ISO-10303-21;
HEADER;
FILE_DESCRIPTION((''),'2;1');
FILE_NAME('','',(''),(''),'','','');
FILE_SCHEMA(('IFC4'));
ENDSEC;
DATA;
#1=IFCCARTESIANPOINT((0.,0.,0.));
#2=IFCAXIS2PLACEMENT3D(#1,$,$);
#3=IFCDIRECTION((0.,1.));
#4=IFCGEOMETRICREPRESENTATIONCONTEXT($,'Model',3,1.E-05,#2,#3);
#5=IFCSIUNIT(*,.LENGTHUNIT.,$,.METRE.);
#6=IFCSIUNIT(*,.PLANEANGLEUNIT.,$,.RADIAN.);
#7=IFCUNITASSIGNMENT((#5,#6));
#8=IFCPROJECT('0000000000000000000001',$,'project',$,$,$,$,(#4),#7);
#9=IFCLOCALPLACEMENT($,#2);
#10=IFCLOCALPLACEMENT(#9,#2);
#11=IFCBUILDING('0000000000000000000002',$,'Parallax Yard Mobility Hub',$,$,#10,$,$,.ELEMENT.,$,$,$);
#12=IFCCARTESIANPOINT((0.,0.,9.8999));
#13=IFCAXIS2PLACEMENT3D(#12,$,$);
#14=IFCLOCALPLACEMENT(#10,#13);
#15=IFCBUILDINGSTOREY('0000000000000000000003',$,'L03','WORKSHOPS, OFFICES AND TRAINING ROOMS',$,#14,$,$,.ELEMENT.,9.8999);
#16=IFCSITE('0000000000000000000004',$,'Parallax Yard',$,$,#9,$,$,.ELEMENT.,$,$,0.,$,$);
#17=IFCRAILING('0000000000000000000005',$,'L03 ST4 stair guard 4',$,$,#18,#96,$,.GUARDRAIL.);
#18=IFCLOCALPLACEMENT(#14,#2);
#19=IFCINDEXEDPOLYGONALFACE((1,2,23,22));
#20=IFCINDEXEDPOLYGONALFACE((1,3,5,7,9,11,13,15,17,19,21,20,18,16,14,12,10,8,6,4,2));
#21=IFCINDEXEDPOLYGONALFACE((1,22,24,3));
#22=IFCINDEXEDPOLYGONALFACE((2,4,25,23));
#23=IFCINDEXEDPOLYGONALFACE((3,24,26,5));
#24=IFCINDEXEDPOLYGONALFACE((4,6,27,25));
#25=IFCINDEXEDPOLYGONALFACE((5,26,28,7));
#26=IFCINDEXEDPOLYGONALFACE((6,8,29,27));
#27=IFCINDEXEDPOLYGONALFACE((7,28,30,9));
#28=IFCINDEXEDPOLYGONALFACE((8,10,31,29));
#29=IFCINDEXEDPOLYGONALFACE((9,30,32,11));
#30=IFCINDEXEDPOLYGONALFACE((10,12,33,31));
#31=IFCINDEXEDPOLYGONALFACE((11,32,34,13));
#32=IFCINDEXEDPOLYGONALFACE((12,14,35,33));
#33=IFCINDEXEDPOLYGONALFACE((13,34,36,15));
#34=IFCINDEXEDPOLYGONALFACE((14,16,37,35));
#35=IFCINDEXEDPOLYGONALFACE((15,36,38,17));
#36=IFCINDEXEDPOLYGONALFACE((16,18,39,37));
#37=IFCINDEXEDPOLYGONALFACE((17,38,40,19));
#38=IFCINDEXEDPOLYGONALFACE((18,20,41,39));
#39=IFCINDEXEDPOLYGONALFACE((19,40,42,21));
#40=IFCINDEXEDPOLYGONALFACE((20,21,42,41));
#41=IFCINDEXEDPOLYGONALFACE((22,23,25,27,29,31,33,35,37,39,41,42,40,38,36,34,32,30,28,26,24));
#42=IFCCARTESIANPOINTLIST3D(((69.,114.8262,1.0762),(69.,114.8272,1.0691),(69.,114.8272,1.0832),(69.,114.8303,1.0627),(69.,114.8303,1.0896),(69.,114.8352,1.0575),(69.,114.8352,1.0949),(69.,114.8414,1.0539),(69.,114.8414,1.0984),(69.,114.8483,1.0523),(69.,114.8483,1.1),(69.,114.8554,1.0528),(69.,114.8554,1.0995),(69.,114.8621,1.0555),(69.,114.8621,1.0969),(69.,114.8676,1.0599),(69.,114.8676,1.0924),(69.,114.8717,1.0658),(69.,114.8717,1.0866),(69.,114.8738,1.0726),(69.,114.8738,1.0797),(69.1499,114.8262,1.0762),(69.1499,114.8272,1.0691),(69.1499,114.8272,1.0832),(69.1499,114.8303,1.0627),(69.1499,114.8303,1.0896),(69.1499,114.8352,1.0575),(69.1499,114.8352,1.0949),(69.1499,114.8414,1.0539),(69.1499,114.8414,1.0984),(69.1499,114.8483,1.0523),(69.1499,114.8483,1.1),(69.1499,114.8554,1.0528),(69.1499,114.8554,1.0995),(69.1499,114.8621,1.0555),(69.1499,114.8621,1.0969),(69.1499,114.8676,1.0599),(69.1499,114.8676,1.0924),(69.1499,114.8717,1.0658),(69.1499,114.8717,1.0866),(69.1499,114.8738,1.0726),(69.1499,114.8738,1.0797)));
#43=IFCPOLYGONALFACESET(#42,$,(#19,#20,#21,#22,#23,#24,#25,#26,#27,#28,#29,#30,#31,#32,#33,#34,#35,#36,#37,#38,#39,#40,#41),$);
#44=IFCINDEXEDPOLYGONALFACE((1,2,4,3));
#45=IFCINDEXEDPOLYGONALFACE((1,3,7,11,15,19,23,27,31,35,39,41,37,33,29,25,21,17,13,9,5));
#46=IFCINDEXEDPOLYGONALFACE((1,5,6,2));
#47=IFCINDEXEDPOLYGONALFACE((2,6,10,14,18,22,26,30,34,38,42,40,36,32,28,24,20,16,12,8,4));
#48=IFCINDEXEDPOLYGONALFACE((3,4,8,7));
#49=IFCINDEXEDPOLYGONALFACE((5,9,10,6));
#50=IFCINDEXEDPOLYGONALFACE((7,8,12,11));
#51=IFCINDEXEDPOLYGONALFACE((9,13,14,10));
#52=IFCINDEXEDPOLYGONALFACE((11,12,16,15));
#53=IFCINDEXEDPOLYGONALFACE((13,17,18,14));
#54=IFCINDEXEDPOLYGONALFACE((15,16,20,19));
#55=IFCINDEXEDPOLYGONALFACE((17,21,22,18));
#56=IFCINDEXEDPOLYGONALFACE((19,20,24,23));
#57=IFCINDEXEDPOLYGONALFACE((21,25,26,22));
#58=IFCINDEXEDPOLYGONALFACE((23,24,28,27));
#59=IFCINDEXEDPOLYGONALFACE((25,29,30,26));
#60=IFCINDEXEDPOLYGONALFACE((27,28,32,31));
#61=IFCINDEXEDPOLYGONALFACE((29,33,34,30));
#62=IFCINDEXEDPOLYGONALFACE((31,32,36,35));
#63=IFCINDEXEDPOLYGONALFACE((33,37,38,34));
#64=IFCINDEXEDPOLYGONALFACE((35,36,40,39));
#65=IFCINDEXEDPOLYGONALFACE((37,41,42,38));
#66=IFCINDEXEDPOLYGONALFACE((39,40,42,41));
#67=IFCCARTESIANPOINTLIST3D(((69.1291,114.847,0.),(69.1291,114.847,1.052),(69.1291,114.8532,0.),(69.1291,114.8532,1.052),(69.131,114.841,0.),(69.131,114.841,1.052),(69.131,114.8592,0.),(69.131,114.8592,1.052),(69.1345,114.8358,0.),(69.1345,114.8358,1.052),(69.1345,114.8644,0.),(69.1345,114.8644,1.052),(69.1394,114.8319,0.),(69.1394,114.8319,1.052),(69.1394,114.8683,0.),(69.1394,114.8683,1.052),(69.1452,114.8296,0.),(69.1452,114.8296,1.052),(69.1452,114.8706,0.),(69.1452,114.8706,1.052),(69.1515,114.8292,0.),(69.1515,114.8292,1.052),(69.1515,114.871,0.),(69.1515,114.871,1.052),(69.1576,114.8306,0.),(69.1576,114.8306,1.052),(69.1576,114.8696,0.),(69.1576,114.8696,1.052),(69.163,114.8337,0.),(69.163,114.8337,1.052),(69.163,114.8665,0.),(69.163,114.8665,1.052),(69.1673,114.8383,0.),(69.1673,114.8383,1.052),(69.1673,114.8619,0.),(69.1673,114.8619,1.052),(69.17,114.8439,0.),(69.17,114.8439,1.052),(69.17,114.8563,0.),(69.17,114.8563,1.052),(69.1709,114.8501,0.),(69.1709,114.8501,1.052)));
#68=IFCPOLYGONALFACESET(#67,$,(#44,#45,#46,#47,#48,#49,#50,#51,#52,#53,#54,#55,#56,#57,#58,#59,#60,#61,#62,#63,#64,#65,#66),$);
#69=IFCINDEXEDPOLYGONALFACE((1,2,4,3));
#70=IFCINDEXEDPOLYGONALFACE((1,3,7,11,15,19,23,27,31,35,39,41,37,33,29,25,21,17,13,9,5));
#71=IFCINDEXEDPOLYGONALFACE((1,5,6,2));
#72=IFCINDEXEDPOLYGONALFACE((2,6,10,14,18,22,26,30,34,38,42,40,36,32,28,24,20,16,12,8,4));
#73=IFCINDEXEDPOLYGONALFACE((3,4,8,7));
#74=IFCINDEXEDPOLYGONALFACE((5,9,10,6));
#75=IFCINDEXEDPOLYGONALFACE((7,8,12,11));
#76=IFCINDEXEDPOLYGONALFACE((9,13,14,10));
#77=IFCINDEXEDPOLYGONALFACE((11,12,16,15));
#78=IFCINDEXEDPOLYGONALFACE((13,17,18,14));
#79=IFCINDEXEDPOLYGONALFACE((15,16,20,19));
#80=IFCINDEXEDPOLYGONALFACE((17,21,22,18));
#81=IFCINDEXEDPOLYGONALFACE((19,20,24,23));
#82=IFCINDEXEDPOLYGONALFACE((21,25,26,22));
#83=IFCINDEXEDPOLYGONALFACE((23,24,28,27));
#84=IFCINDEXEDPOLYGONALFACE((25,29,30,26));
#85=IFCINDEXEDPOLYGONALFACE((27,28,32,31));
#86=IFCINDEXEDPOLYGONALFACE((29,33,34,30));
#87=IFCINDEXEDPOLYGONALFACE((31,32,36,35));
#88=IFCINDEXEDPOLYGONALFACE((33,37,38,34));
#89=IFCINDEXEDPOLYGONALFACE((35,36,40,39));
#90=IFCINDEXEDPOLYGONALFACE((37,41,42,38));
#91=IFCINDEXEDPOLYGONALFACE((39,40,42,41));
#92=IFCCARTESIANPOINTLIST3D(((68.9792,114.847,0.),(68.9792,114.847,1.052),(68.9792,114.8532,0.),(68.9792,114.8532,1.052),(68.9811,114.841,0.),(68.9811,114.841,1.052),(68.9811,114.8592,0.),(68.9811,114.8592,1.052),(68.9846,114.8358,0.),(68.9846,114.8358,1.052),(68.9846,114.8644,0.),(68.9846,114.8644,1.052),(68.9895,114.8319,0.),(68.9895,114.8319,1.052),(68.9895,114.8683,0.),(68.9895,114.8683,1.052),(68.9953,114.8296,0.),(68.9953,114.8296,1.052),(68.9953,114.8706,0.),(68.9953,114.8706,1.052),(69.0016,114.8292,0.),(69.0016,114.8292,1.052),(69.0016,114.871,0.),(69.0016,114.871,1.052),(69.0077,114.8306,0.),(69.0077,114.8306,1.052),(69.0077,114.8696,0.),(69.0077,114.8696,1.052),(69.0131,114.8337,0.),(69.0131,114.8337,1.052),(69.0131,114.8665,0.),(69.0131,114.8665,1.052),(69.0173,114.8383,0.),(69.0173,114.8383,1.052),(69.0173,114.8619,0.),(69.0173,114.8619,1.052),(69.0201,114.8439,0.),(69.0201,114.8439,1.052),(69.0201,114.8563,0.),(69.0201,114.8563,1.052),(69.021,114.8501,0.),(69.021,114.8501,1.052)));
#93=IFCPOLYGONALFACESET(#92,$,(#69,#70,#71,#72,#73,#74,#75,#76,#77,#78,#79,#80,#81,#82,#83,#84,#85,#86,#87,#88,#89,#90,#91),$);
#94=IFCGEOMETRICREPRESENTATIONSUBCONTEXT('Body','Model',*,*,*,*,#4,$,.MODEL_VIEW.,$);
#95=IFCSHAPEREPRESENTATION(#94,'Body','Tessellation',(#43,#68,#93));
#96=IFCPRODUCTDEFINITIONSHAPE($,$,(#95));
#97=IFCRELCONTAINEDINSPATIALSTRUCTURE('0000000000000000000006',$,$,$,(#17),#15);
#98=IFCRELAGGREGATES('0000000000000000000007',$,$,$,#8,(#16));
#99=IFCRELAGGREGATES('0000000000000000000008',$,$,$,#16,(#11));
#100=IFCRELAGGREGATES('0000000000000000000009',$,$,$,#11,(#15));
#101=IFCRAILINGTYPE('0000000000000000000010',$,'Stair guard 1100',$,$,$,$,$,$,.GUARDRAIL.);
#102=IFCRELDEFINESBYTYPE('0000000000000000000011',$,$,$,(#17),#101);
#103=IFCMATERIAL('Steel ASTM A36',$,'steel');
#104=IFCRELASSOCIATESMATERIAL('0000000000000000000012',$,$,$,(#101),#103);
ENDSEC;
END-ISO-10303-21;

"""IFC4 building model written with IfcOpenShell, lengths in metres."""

from ifc_helpers import new_model, si_unit, direction, frame, origin, origin_2d, place, context, subcontext, project, spatial, circle, extrude, material, type_object, element, save


model = new_model("IFC4")

# Units and contexts
model_context = context("Model", 3, precision=1e-05, world=origin(), true_north=direction((0.0, 1.0)))
body_context = subcontext(model_context, "Body", "Model", "MODEL_VIEW")
ifc_project = project(units=[si_unit("LENGTHUNIT", "METRE"), si_unit("PLANEANGLEUNIT", "RADIAN")], contexts=[model_context])

# Site, building, storey
site_placement = place(None, origin())
site = spatial("IfcSite", under=ifc_project, at=site_placement, Name="Parallax Yard", CompositionType="ELEMENT", RefElevation=0.0)
building_placement = place(site_placement, origin())
building = spatial("IfcBuilding", under=site, at=building_placement, Name="Parallax Yard Mobility Hub", CompositionType="ELEMENT")
storey_placement = place(building_placement, frame((0.0, 0.0, 9.8999)))
storey = spatial("IfcBuildingStorey", under=building, at=storey_placement, Name="L03", Description="WORKSHOPS, OFFICES AND TRAINING ROOMS", CompositionType="ELEMENT", Elevation=9.8999)

# Railing
ifc_material_1 = material(Name="Steel ASTM A36", Category="steel")
railing_type_1 = type_object("IfcRailingType", Name="Stair guard 1100", PredefinedType="GUARDRAIL", material=ifc_material_1)
railing_1_placement = place(storey_placement, frame((69.1499, 114.8501, 0.0)))
element("IfcRailing", 1, at=railing_1_placement, inside=storey, type_object=railing_type_1, Name="L03 ST4 stair guard 4", PredefinedType="GUARDRAIL", context=body_context, shape_type="SweptSolid", body=[
    extrude(circle(Radius=0.0239, at=origin_2d()), frame((0.0, 0.0, 1.0762), z_axis=(-1.0, 0.0, 0.0), x_axis=(0.0, -1.0, 0.0)), (0.0, 0.0, 1.0), 0.1499),
    extrude(circle(Radius=0.021, at=origin_2d()), origin(), (0.0, 0.0, 1.0), 1.052),
    extrude(circle(Radius=0.021, at=origin_2d()), frame((-0.1499, 0.0, 0.0)), (0.0, 0.0, 1.0), 1.052),
])

save(model, "model.ifc")
